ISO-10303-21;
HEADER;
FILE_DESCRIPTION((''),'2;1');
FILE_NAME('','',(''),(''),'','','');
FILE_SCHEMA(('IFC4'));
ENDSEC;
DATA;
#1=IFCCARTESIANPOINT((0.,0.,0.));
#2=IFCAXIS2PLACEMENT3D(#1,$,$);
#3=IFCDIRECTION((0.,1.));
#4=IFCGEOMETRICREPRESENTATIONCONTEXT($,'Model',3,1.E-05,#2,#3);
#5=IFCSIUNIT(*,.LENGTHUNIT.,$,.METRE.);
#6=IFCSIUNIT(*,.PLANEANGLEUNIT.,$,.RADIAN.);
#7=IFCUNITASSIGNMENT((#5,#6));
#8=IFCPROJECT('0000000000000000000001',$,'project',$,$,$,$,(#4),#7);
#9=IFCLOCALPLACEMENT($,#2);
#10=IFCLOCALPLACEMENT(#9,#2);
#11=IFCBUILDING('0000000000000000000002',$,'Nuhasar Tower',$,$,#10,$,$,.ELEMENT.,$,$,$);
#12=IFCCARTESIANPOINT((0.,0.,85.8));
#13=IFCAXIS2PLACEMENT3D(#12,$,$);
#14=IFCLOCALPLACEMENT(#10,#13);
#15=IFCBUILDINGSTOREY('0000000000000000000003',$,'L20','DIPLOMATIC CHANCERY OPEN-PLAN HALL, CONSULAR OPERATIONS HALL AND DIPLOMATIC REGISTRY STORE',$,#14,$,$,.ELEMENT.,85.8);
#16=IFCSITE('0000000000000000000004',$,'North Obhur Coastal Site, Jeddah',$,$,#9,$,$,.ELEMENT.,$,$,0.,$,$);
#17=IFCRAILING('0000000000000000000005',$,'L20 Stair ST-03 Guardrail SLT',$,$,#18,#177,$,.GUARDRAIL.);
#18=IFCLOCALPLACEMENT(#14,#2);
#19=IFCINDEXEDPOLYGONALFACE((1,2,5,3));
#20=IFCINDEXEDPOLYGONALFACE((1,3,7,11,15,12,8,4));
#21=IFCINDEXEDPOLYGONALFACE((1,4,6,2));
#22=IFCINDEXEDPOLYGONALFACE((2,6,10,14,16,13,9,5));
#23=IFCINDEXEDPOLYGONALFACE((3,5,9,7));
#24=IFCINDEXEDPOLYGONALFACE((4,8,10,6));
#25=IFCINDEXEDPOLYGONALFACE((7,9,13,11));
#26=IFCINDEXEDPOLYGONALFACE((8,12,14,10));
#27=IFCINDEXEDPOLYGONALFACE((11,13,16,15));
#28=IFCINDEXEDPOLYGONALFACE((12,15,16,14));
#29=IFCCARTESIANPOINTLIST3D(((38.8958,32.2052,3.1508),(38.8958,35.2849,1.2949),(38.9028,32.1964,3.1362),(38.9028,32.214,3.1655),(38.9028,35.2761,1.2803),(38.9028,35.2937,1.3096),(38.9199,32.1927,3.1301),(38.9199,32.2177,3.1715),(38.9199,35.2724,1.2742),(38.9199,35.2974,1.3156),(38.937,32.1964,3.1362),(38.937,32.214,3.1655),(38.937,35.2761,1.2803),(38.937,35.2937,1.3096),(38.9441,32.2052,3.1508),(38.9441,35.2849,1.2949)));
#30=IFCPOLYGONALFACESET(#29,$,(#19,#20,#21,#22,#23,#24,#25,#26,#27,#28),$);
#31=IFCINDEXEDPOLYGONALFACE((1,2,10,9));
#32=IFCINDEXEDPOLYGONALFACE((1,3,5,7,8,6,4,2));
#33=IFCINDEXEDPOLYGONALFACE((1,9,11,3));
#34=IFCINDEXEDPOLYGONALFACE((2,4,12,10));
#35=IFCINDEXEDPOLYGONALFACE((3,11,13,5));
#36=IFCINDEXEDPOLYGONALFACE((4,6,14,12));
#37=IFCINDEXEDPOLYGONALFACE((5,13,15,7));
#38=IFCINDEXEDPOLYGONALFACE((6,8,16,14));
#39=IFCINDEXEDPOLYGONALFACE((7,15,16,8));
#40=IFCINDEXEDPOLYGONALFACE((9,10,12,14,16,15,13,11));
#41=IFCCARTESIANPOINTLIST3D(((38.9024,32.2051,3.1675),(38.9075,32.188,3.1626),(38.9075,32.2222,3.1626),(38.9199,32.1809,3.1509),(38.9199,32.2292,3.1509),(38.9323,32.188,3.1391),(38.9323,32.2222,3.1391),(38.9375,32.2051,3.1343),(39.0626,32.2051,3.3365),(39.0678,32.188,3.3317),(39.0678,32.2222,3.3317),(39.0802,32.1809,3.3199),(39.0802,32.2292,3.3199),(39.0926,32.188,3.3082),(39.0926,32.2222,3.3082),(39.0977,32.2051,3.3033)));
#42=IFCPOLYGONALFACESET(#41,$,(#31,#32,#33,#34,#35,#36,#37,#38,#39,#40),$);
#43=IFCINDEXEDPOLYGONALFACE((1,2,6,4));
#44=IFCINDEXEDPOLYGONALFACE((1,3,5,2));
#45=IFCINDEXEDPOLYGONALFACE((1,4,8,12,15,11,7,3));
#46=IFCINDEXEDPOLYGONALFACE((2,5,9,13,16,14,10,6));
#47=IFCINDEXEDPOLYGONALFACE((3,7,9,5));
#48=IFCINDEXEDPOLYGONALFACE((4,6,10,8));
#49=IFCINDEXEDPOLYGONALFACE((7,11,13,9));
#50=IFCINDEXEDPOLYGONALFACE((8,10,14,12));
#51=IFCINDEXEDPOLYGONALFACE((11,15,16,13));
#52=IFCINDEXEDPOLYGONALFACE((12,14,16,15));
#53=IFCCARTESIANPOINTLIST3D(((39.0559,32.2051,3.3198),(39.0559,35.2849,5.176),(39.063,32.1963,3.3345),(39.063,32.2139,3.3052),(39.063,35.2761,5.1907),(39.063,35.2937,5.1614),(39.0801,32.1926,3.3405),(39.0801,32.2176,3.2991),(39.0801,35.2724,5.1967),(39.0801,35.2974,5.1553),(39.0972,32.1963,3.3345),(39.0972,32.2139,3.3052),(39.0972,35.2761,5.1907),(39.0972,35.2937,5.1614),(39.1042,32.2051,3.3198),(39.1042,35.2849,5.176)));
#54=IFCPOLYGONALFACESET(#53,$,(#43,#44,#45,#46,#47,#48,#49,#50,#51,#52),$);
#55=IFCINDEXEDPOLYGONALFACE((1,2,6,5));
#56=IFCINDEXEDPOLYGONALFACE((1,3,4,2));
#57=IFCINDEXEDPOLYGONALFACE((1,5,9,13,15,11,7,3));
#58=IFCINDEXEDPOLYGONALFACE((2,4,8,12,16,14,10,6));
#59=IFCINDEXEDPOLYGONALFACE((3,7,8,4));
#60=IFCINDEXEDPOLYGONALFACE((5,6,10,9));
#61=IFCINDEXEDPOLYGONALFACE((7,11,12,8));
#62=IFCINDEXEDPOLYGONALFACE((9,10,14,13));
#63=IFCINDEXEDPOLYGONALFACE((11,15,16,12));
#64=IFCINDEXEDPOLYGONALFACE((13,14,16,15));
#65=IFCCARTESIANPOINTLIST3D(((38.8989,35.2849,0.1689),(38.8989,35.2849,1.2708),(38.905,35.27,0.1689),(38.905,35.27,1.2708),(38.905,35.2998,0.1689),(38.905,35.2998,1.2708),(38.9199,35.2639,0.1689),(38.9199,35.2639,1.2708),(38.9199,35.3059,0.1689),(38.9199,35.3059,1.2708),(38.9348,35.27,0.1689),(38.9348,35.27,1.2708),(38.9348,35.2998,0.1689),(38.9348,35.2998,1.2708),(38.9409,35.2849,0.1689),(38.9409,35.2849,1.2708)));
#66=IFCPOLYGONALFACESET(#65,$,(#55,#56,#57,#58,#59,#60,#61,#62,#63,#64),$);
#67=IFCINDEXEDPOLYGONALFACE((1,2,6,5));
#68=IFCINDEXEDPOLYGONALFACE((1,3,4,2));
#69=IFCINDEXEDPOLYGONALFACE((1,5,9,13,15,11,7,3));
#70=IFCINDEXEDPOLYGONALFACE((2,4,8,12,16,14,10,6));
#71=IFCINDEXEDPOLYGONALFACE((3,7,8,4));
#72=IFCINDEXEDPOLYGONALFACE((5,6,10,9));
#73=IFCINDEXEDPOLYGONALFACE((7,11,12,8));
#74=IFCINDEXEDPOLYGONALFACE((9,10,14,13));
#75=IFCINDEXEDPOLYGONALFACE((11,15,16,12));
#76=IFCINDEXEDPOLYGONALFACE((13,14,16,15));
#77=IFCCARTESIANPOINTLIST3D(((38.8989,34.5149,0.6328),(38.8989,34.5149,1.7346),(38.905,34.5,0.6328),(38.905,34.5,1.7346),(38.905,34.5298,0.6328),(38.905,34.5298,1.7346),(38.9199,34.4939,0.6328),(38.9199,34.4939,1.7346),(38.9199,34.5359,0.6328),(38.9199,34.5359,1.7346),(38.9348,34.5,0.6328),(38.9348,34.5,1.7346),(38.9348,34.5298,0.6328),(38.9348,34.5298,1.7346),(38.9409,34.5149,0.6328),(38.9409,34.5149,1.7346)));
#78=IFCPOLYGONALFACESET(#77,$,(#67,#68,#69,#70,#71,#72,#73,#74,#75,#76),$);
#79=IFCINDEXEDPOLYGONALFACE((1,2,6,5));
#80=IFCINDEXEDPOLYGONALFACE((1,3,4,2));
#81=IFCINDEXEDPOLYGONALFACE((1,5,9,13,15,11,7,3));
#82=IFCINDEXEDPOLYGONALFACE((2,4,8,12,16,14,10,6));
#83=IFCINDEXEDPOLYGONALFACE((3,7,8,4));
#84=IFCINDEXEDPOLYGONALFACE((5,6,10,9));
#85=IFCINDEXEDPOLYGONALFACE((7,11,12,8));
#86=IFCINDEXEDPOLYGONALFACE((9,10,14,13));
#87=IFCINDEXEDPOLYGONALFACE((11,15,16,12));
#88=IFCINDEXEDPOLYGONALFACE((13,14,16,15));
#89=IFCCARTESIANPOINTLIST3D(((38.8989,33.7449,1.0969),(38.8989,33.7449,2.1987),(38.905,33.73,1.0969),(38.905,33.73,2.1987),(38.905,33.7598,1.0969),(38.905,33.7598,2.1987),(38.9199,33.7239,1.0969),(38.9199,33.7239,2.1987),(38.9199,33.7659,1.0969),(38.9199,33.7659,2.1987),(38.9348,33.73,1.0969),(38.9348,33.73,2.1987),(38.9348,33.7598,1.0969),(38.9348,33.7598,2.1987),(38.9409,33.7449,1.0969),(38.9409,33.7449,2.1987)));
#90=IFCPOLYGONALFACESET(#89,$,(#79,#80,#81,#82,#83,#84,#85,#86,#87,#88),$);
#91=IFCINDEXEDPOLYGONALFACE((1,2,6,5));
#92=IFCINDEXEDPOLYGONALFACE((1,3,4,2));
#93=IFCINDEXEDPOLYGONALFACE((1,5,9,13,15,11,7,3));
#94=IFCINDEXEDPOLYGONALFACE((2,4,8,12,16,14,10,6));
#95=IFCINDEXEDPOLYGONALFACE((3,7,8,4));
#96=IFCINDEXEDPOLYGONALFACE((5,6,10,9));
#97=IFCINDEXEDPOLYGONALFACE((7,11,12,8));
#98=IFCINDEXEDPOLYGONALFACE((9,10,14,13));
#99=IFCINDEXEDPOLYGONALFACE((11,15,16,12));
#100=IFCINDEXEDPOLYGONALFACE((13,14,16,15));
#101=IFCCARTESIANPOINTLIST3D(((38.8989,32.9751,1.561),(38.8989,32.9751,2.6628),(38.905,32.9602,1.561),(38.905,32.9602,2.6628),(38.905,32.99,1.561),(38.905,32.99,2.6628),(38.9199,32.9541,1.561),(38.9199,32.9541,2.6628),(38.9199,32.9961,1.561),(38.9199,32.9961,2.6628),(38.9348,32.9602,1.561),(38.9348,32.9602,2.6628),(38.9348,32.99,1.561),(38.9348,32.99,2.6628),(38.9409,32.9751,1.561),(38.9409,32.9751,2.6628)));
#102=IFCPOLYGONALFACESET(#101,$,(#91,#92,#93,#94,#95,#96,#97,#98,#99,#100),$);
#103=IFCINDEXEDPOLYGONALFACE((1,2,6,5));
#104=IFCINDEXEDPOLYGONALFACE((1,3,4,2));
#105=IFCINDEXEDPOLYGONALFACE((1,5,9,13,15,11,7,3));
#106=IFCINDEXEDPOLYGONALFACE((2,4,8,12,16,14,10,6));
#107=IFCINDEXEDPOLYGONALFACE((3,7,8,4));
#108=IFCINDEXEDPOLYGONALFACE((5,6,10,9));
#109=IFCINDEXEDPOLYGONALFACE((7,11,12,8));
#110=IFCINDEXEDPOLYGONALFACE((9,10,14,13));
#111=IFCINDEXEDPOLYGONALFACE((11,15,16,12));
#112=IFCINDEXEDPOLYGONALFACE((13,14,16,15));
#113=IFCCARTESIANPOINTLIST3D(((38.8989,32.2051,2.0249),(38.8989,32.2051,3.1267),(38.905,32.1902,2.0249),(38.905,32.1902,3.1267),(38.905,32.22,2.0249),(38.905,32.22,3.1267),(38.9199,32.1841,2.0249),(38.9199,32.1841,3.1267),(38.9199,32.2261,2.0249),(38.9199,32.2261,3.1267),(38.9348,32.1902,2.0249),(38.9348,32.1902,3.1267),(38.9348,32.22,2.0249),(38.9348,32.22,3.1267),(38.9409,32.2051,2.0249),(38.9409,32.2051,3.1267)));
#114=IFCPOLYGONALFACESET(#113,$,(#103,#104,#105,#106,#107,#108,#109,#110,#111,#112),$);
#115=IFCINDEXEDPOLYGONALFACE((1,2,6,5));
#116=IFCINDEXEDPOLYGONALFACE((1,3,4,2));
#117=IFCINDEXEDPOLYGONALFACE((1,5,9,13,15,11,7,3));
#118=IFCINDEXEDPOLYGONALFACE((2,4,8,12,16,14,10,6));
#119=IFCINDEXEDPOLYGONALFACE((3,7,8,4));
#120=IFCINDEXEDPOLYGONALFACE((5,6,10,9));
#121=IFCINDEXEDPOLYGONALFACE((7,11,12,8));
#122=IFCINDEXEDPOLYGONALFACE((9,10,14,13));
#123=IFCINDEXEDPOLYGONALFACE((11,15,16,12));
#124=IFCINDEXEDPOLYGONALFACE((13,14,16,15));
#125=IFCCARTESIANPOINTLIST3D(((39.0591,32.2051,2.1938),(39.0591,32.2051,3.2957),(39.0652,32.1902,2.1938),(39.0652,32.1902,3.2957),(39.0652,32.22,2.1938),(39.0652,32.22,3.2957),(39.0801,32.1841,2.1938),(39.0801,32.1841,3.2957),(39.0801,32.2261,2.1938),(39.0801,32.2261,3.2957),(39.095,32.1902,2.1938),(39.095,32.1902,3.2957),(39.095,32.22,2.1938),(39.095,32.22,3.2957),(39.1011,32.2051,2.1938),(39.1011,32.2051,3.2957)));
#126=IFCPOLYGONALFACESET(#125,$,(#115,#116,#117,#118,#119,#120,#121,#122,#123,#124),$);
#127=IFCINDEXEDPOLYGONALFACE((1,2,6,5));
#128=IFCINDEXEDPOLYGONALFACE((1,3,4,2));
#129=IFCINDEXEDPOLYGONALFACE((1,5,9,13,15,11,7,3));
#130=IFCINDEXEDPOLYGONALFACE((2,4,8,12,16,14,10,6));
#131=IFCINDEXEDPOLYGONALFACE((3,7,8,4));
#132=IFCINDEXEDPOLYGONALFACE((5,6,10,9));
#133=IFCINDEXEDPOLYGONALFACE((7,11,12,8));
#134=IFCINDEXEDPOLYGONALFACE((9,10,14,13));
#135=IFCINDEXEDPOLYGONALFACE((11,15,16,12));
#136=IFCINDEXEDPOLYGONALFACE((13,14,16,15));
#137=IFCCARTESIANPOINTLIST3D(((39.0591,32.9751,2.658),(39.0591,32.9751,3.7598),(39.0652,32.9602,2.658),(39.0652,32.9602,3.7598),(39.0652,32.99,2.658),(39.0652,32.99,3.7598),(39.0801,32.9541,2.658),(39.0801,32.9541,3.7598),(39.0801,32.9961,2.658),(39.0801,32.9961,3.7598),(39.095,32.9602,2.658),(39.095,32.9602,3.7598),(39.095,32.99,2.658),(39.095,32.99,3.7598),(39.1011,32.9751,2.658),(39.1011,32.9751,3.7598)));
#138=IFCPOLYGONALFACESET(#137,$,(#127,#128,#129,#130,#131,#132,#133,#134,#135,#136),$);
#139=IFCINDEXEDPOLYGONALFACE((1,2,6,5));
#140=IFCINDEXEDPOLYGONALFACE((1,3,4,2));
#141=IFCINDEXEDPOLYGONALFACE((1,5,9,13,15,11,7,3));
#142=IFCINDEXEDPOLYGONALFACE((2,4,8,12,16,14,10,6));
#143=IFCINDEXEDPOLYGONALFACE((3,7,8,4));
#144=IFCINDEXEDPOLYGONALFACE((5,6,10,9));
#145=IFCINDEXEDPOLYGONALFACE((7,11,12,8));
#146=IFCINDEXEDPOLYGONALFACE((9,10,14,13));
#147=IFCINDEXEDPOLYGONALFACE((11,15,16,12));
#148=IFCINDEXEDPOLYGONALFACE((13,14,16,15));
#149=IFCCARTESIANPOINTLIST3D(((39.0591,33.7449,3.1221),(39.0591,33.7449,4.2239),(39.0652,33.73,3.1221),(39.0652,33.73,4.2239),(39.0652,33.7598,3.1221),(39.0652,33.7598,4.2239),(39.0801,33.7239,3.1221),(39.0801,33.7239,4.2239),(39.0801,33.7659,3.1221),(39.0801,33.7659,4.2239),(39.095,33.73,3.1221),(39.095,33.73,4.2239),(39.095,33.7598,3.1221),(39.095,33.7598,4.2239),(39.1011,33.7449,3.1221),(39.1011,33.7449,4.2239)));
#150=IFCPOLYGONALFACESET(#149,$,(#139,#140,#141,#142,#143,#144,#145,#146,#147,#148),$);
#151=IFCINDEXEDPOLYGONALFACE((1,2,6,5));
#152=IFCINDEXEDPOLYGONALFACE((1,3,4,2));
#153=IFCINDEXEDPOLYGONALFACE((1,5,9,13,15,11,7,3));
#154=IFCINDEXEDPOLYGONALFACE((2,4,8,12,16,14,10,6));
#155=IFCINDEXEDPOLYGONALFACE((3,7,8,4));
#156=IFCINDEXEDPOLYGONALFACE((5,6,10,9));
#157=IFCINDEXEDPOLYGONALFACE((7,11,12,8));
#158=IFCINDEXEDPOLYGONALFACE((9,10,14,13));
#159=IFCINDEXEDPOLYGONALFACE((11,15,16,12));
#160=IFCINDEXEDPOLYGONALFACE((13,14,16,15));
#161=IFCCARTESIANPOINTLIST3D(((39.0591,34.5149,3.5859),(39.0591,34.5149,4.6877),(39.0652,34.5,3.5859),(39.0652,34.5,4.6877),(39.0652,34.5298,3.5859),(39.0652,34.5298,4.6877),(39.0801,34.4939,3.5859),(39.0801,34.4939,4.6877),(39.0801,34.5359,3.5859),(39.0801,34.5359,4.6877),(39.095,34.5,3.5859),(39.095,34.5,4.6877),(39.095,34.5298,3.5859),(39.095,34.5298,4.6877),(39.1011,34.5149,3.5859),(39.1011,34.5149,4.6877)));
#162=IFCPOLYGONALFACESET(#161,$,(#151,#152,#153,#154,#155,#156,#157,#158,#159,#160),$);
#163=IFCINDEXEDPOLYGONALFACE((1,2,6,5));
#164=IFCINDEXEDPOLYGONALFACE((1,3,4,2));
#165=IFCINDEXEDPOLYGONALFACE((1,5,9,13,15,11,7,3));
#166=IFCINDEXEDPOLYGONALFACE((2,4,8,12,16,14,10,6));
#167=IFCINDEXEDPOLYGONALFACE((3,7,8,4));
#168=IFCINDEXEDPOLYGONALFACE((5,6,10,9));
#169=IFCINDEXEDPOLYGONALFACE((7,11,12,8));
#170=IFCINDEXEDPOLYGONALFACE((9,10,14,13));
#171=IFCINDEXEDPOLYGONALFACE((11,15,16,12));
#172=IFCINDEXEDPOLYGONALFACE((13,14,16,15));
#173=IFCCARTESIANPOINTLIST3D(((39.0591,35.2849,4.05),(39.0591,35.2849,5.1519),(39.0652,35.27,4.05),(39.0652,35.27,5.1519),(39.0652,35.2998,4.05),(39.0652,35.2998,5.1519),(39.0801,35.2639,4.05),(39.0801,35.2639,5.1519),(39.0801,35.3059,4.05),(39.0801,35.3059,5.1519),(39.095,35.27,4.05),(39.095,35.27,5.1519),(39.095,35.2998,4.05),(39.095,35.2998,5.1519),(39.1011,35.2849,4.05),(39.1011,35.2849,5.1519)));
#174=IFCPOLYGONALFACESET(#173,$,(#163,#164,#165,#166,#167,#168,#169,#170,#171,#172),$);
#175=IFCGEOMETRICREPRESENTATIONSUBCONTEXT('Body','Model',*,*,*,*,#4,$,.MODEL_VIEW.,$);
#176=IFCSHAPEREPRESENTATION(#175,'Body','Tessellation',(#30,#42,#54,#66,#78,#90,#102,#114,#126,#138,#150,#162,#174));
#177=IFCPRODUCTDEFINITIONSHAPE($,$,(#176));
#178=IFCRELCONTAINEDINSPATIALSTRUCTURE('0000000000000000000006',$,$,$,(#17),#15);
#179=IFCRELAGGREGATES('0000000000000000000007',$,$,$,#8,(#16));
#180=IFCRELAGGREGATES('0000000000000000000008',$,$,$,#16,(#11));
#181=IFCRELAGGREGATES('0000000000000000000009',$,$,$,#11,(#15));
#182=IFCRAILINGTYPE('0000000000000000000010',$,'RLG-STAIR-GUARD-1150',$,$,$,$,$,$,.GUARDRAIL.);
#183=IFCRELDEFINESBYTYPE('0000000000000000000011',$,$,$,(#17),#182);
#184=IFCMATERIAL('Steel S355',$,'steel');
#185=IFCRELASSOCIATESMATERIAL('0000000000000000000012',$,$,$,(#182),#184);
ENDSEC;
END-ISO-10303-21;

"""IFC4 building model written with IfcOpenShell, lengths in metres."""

from ifc_helpers import new_model, si_unit, direction, frame, origin, place, context, subcontext, project, spatial, polyline, outline, extrude, material, type_object, element, save


model = new_model("IFC4")

# Units and contexts
model_context = context("Model", 3, precision=1e-05, world=origin(), true_north=direction((0.0, 1.0)))
body_context = subcontext(model_context, "Body", "Model", "MODEL_VIEW")
ifc_project = project(units=[si_unit("LENGTHUNIT", "METRE"), si_unit("PLANEANGLEUNIT", "RADIAN")], contexts=[model_context])

# Site, building, storey
site_placement = place(None, origin())
site = spatial("IfcSite", under=ifc_project, at=site_placement, Name="North Obhur Coastal Site, Jeddah", CompositionType="ELEMENT", RefElevation=0.0)
building_placement = place(site_placement, origin())
building = spatial("IfcBuilding", under=site, at=building_placement, Name="Nuhasar Tower", CompositionType="ELEMENT")
storey_placement = place(building_placement, frame((0.0, 0.0, 85.8)))
storey = spatial("IfcBuildingStorey", under=building, at=storey_placement, Name="L20", Description="DIPLOMATIC CHANCERY OPEN-PLAN HALL, CONSULAR OPERATIONS HALL AND DIPLOMATIC REGISTRY STORE", CompositionType="ELEMENT", Elevation=85.8)

# Shared definitions
ifc_material_1 = material(Name="Steel S355", Category="steel")

# Railing
railing_type_1 = type_object("IfcRailingType", Name="RLG-STAIR-GUARD-1150", PredefinedType="GUARDRAIL", material=ifc_material_1)
railing_1_placement = place(storey_placement, frame((38.9199, 35.2849, 0.1689)))
element("IfcRailing", 1, at=railing_1_placement, inside=storey, type_object=railing_type_1, Name="L20 Stair ST-03 Guardrail SLT", PredefinedType="GUARDRAIL", context=body_context, shape_type="SweptSolid", body=[
    extrude(outline(polyline([(0.0242, 0.0), (0.0171, 0.0171), (0.0, 0.0242), (-0.0171, 0.0171), (-0.0242, 0.0), (-0.0171, -0.0171), (0.0, -0.0242), (0.0171, -0.0171), (0.0242, 0.0)])), frame((0.0, 0.0, 1.126), z_axis=(0.0, -0.856503, 0.516142), x_axis=(1.0, 0.0, 0.0)), (0.0, 0.0, 1.0), 3.5957),
    extrude(outline(polyline([(0.0242, 0.0), (0.0171, 0.0171), (0.0, 0.0242), (-0.0171, 0.0171), (-0.0242, 0.0), (-0.0171, -0.0171), (0.0, -0.0242), (0.0171, -0.0171), (0.0242, 0.0)])), frame((0.0, -3.0798, 2.9819), z_axis=(0.687977, 0.0, 0.725732), x_axis=(0.0, 1.0, 0.0)), (0.0, 0.0, 1.0), 0.2329),
    extrude(outline(polyline([(0.0242, 0.0), (0.0171, 0.0171), (0.0, 0.0242), (-0.0171, 0.0171), (-0.0242, 0.0), (-0.0171, -0.0171), (0.0, -0.0242), (0.0171, -0.0171), (0.0242, 0.0)])), frame((0.1602, -3.0798, 3.1509), z_axis=(0.0, 0.856473, 0.516192), x_axis=(-1.0, 0.0, 0.0)), (0.0, 0.0, 1.0), 3.5959),
    extrude(outline(polyline([(0.021, 0.0), (0.0149, 0.0149), (0.0, 0.021), (-0.0149, 0.0149), (-0.021, 0.0), (-0.0149, -0.0149), (0.0, -0.021), (0.0149, -0.0149), (0.021, 0.0)])), origin(), (0.0, 0.0, 1.0), 1.1018),
    extrude(outline(polyline([(0.021, 0.0), (0.0149, 0.0149), (0.0, 0.021), (-0.0149, 0.0149), (-0.021, 0.0), (-0.0149, -0.0149), (0.0, -0.021), (0.0149, -0.0149), (0.021, 0.0)])), frame((0.0, -0.77, 0.4639)), (0.0, 0.0, 1.0), 1.1018),
    extrude(outline(polyline([(0.021, 0.0), (0.0149, 0.0149), (0.0, 0.021), (-0.0149, 0.0149), (-0.021, 0.0), (-0.0149, -0.0149), (0.0, -0.021), (0.0149, -0.0149), (0.021, 0.0)])), frame((0.0, -1.54, 0.928)), (0.0, 0.0, 1.0), 1.1018),
    extrude(outline(polyline([(0.021, 0.0), (0.0149, 0.0149), (0.0, 0.021), (-0.0149, 0.0149), (-0.021, 0.0), (-0.0149, -0.0149), (0.0, -0.021), (0.0149, -0.0149), (0.021, 0.0)])), frame((0.0, -2.3098, 1.3921)), (0.0, 0.0, 1.0), 1.1018),
    extrude(outline(polyline([(0.021, 0.0), (0.0149, 0.0149), (0.0, 0.021), (-0.0149, 0.0149), (-0.021, 0.0), (-0.0149, -0.0149), (0.0, -0.021), (0.0149, -0.0149), (0.021, 0.0)])), frame((0.0, -3.0798, 1.856)), (0.0, 0.0, 1.0), 1.1018),
    extrude(outline(polyline([(0.021, 0.0), (0.0149, 0.0149), (0.0, 0.021), (-0.0149, 0.0149), (-0.021, 0.0), (-0.0149, -0.0149), (0.0, -0.021), (0.0149, -0.0149), (0.021, 0.0)])), frame((0.1602, -3.0798, 2.0249)), (0.0, 0.0, 1.0), 1.1018),
    extrude(outline(polyline([(0.021, 0.0), (0.0149, 0.0149), (0.0, 0.021), (-0.0149, 0.0149), (-0.021, 0.0), (-0.0149, -0.0149), (0.0, -0.021), (0.0149, -0.0149), (0.021, 0.0)])), frame((0.1602, -2.3098, 2.489)), (0.0, 0.0, 1.0), 1.1018),
    extrude(outline(polyline([(0.021, 0.0), (0.0149, 0.0149), (0.0, 0.021), (-0.0149, 0.0149), (-0.021, 0.0), (-0.0149, -0.0149), (0.0, -0.021), (0.0149, -0.0149), (0.021, 0.0)])), frame((0.1602, -1.54, 2.9531)), (0.0, 0.0, 1.0), 1.1018),
    extrude(outline(polyline([(0.021, 0.0), (0.0149, 0.0149), (0.0, 0.021), (-0.0149, 0.0149), (-0.021, 0.0), (-0.0149, -0.0149), (0.0, -0.021), (0.0149, -0.0149), (0.021, 0.0)])), frame((0.1602, -0.77, 3.417)), (0.0, 0.0, 1.0), 1.1018),
    extrude(outline(polyline([(0.021, 0.0), (0.0149, 0.0149), (0.0, 0.021), (-0.0149, 0.0149), (-0.021, 0.0), (-0.0149, -0.0149), (0.0, -0.021), (0.0149, -0.0149), (0.021, 0.0)])), frame((0.1602, 0.0, 3.8811)), (0.0, 0.0, 1.0), 1.1018),
])

save(model, "model.ifc")
